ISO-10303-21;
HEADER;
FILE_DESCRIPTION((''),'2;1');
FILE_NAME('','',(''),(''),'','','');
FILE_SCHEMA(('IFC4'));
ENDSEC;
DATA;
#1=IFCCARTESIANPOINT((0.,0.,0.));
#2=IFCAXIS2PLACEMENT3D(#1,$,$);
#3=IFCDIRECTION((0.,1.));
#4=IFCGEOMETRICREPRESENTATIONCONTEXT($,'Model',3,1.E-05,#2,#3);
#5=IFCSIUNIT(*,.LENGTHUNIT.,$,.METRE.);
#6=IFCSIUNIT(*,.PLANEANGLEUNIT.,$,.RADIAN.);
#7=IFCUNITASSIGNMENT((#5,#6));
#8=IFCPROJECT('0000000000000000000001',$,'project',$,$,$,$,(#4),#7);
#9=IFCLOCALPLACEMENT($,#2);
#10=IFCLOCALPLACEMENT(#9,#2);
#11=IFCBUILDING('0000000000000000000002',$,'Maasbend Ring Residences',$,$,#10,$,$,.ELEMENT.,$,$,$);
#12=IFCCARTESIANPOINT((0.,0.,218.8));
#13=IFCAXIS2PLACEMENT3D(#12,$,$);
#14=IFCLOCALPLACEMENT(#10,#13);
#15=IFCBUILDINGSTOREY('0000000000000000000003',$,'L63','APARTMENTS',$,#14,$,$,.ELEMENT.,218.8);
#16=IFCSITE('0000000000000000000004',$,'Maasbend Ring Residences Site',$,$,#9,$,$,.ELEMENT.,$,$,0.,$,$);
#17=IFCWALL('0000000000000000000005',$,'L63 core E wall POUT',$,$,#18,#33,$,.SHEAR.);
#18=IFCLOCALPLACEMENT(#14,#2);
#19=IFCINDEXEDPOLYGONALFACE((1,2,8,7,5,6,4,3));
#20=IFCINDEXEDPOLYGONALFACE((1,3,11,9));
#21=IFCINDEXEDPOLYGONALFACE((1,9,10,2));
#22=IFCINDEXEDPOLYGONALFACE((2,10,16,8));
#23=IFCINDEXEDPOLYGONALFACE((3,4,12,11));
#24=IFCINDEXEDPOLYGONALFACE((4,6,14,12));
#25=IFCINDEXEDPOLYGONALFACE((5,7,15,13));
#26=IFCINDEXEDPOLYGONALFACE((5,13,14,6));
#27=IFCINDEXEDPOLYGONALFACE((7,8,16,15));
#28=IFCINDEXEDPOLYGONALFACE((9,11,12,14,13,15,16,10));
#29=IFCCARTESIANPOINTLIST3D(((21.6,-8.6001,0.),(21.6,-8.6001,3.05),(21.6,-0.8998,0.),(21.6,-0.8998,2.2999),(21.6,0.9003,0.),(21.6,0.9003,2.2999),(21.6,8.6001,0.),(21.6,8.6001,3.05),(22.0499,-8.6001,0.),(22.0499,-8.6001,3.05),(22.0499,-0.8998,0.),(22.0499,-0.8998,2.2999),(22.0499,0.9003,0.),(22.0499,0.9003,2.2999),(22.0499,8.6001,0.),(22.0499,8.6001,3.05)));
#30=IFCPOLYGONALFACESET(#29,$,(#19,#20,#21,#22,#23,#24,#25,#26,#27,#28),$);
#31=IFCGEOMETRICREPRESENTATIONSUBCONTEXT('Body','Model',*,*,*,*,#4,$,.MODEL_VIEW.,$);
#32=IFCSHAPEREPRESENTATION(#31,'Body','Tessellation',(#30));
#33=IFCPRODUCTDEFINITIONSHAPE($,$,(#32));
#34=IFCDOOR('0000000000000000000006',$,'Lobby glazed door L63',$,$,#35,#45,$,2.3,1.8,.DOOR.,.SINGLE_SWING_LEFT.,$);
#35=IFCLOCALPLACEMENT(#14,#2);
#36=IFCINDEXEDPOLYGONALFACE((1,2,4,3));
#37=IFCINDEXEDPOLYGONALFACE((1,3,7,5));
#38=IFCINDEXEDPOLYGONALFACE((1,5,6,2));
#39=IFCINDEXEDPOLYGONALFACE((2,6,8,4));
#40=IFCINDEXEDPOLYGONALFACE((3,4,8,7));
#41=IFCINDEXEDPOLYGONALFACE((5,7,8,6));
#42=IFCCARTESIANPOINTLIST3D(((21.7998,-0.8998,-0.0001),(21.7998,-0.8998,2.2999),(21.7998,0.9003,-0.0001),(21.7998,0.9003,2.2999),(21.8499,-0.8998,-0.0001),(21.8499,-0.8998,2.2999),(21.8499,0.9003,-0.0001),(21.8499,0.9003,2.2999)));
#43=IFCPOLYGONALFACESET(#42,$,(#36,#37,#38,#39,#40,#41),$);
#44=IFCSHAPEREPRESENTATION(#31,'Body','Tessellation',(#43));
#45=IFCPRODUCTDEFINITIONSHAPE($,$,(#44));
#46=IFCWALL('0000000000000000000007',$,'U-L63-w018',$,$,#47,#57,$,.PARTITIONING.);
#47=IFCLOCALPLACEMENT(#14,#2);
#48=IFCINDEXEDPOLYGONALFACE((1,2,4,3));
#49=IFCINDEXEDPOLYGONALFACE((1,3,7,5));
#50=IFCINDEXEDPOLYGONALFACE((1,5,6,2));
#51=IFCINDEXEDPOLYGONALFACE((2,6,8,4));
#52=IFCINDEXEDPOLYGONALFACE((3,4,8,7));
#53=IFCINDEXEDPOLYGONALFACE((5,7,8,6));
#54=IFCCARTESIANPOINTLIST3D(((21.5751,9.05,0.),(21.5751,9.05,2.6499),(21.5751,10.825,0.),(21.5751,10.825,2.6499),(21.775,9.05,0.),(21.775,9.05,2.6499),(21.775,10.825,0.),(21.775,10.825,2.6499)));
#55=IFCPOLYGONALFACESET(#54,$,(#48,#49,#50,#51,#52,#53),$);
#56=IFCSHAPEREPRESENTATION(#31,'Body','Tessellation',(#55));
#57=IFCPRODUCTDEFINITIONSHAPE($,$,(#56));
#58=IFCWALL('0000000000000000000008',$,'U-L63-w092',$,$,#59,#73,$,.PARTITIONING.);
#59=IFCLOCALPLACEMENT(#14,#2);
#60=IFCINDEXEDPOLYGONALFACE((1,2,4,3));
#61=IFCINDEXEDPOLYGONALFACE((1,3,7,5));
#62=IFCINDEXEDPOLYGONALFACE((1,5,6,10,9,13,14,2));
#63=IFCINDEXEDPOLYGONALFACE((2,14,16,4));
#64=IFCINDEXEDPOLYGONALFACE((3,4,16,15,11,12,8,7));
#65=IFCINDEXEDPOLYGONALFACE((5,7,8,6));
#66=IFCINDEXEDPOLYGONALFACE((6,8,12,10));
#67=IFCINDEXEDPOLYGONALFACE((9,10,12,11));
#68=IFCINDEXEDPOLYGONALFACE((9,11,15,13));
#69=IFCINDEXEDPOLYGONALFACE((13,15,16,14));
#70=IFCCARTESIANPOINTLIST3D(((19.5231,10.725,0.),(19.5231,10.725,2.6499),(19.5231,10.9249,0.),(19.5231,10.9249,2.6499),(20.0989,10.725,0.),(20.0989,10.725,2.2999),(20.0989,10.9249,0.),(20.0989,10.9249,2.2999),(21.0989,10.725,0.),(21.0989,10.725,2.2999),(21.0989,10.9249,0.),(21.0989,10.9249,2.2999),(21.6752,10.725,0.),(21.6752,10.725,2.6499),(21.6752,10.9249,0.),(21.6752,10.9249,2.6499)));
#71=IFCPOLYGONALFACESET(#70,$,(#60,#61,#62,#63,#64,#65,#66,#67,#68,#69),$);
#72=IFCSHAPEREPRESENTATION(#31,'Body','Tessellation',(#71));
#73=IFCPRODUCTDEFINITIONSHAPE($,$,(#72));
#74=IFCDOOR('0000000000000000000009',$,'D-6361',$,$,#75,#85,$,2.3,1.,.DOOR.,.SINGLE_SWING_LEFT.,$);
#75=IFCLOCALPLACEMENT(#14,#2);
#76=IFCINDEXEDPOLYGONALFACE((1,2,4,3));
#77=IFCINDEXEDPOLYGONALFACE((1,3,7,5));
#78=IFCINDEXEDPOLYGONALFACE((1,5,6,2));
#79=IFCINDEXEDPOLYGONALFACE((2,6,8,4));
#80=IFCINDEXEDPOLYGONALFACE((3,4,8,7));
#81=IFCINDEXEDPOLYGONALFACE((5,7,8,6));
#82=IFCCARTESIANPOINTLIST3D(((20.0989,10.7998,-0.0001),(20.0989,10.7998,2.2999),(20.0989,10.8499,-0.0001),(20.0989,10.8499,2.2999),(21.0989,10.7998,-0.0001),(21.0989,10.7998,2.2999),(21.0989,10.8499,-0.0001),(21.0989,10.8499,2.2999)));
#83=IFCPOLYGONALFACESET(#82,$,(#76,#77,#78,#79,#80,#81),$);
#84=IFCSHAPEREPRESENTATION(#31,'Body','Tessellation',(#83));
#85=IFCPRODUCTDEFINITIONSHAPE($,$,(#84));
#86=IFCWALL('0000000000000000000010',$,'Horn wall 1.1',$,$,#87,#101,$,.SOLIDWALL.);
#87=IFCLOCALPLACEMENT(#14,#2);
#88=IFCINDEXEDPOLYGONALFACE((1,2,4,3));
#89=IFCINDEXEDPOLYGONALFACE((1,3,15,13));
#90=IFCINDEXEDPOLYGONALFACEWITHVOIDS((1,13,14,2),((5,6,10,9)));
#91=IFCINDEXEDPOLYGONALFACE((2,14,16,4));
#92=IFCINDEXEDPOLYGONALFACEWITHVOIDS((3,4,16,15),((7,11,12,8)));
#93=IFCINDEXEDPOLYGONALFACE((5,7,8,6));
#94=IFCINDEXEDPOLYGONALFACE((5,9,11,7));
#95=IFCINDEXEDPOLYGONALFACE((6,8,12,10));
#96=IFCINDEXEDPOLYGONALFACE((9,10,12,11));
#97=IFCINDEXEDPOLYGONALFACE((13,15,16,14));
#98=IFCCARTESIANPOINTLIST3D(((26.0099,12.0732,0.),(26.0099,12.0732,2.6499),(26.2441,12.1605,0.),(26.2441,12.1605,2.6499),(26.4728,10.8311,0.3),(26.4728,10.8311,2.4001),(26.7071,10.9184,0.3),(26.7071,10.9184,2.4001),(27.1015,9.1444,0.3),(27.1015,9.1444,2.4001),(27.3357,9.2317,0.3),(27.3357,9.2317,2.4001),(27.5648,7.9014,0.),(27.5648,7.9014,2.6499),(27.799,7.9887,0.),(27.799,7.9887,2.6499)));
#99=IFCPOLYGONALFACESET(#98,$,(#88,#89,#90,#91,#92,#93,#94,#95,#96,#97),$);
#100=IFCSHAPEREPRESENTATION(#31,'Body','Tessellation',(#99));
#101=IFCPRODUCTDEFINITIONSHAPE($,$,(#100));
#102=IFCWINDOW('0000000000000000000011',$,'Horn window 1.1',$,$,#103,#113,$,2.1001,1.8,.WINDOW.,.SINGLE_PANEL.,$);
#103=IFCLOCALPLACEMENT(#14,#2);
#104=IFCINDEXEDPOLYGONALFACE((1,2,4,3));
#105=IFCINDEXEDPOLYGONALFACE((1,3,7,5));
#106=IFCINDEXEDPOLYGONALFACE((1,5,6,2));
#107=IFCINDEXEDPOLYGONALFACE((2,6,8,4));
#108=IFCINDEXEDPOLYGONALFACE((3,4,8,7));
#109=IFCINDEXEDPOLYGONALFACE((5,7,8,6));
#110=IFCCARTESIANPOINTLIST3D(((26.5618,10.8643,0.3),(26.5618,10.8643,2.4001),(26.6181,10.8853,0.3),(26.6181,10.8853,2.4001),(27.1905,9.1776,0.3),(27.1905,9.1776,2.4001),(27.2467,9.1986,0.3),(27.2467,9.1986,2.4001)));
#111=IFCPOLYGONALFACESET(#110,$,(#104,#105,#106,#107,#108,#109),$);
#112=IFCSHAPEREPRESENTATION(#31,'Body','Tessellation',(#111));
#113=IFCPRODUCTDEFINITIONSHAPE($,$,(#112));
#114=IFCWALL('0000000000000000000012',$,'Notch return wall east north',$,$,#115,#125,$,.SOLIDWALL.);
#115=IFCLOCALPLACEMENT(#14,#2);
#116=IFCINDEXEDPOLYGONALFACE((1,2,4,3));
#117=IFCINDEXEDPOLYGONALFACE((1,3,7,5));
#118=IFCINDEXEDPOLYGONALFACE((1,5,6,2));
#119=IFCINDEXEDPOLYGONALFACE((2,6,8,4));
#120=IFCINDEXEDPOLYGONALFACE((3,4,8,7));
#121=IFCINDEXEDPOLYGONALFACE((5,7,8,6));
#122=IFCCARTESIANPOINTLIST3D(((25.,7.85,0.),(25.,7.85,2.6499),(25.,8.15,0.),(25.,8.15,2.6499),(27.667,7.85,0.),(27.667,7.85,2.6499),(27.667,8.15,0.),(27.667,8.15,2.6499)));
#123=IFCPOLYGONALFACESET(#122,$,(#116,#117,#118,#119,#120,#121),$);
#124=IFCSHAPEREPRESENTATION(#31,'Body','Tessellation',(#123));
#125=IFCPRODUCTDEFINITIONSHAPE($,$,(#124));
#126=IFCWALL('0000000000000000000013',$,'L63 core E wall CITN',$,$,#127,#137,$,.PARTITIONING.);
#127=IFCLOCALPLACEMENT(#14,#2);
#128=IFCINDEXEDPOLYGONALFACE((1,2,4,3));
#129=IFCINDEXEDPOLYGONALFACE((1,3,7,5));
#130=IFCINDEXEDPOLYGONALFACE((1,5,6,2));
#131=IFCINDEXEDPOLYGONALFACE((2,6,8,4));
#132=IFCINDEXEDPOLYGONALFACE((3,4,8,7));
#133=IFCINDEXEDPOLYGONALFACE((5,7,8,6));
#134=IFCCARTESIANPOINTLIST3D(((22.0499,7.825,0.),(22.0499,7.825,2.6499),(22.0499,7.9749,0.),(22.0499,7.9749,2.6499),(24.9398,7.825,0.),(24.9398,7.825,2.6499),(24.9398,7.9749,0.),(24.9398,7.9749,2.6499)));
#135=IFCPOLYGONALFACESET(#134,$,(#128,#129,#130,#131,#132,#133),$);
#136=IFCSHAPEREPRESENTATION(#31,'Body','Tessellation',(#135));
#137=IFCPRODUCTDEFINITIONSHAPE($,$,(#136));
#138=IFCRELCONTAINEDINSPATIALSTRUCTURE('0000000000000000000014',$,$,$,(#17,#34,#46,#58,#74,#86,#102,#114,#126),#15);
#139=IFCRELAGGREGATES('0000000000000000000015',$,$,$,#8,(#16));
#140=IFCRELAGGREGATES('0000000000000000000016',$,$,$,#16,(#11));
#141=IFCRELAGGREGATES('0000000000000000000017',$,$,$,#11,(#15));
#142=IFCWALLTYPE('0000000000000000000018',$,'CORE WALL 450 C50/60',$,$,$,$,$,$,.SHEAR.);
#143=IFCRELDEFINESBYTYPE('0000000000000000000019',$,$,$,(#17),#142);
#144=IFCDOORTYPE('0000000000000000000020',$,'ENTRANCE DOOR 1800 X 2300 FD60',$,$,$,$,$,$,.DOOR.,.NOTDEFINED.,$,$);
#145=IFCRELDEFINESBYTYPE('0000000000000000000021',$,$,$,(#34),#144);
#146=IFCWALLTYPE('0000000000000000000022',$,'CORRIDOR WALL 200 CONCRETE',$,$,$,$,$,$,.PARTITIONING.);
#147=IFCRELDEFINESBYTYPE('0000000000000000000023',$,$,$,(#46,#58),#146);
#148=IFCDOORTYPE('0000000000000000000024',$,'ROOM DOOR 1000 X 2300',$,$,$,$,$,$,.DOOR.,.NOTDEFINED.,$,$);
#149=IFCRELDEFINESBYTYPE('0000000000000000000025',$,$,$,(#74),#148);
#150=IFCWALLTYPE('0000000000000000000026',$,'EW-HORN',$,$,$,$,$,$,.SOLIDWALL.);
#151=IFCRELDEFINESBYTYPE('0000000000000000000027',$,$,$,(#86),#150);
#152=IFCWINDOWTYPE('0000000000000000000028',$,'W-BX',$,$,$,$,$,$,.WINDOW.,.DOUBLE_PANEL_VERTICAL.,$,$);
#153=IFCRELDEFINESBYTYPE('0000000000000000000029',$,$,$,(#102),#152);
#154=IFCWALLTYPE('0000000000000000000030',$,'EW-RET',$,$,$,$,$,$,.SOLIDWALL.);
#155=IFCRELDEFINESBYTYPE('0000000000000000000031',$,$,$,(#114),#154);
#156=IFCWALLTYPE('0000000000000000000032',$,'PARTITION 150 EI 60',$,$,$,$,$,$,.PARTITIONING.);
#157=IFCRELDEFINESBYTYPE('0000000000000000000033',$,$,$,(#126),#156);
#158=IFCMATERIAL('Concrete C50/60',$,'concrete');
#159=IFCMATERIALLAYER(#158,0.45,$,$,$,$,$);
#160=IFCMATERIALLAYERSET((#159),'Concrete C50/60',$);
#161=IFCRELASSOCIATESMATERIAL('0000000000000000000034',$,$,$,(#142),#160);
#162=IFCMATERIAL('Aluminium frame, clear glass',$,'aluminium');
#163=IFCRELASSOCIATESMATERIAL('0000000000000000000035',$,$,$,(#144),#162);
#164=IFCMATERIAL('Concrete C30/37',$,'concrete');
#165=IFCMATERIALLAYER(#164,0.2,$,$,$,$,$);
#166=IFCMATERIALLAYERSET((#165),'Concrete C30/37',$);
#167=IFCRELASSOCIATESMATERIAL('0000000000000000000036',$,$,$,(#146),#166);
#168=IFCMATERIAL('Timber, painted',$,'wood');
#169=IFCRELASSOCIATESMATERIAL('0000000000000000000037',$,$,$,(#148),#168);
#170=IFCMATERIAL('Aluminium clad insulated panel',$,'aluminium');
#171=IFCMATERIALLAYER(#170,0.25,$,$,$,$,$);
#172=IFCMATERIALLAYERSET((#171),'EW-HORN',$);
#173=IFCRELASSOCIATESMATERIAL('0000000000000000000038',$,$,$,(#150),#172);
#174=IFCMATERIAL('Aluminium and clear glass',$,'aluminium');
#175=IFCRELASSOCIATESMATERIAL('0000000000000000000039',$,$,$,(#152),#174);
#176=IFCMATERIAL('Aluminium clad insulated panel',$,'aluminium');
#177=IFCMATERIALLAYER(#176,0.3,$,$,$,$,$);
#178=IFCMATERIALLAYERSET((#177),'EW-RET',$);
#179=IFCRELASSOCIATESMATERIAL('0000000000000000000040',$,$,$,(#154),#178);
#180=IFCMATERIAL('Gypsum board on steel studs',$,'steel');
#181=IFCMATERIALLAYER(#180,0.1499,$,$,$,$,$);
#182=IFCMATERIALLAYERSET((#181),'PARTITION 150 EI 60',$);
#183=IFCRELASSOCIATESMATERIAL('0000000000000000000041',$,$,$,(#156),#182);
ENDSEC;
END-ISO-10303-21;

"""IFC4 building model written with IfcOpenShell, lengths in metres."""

from ifc_helpers import new_model, si_unit, direction, frame, frame_2d, origin, place, context, subcontext, project, spatial, rectangle, extrude, material, layer, layer_set, type_object, element, fill, save


model = new_model("IFC4")

# Units and contexts
model_context = context("Model", 3, precision=1e-05, world=origin(), true_north=direction((0.0, 1.0)))
body_context = subcontext(model_context, "Body", "Model", "MODEL_VIEW")
ifc_project = project(units=[si_unit("LENGTHUNIT", "METRE"), si_unit("PLANEANGLEUNIT", "RADIAN")], contexts=[model_context])

# Site, building, storey
site_placement = place(None, origin())
site = spatial("IfcSite", under=ifc_project, at=site_placement, Name="Maasbend Ring Residences Site", CompositionType="ELEMENT", RefElevation=0.0)
building_placement = place(site_placement, origin())
building = spatial("IfcBuilding", under=site, at=building_placement, Name="Maasbend Ring Residences", CompositionType="ELEMENT")
storey_placement = place(building_placement, frame((0.0, 0.0, 218.8)))
storey = spatial("IfcBuildingStorey", under=building, at=storey_placement, Name="L63", Description="APARTMENTS", CompositionType="ELEMENT", Elevation=218.8)

# Wall, opening, door
ifc_material_1 = material(Name="Concrete C50/60", Category="concrete")
ifc_layer_1 = layer(ifc_material_1, 0.45)
ifc_layer_set_1 = layer_set([ifc_layer_1], Name="Concrete C50/60")
wall_type_1 = type_object("IfcWallType", Name="CORE WALL 450 C50/60", PredefinedType="SHEAR", material=ifc_layer_set_1)
wall_1_placement = place(storey_placement, frame((21.825, 8.6001, 0.0), z_axis=(0.0, 0.0, 1.0), x_axis=(0.0, -1.0, 0.0)))
wall_1 = element("IfcWall", 1, at=wall_1_placement, inside=storey, type_object=wall_type_1, Name="L63 core E wall POUT", PredefinedType="SHEAR", context=body_context, shape_type="SweptSolid", body=[
    extrude(rectangle(XDim=17.2002, YDim=0.45, at=frame_2d((8.6001, 0.0))), origin(), (0.0, 0.0, 1.0), 3.05),
])
opening_1_placement = place(wall_1_placement, frame((7.7, 0.0, 0.0)))
opening_1 = element("IfcOpeningElement", 2, at=opening_1_placement, cuts=wall_1, PredefinedType="OPENING", context=body_context, shape_type="SweptSolid", body=[
    extrude(rectangle(XDim=1.8, YDim=2.3, at=frame_2d((0.8999, 1.1499))), frame((0.0, 0.2349, 0.0), z_axis=(0.0, -1.0, 0.0), x_axis=(1.0, 0.0, 0.0)), (0.0, 0.0, 1.0), 0.47),
])
ifc_material_2 = material(Name="Aluminium frame, clear glass", Category="aluminium")
door_type_1 = type_object("IfcDoorType", Name="ENTRANCE DOOR 1800 X 2300 FD60", OperationType="NOTDEFINED", PredefinedType="DOOR", material=ifc_material_2)
door_1_placement = place(opening_1_placement, origin())
door_1 = element("IfcDoor", 3, at=door_1_placement, inside=storey, type_object=door_type_1, Name="Lobby glazed door L63", OperationType="SINGLE_SWING_LEFT", OverallHeight=2.3, OverallWidth=1.8, PredefinedType="DOOR", context=body_context, shape_type="SweptSolid", body=[
    extrude(rectangle(XDim=1.8, YDim=2.3, at=frame_2d((0.8999, 1.1499))), frame((0.0, 0.0249, 0.0), z_axis=(0.0, -1.0, 0.0), x_axis=(1.0, 0.0, 0.0)), (0.0, 0.0, 1.0), 0.05),
])
fill(opening_1, door_1)

# Wall
ifc_material_3 = material(Name="Concrete C30/37", Category="concrete")
ifc_layer_2 = layer(ifc_material_3, 0.2)
ifc_layer_set_2 = layer_set([ifc_layer_2], Name="Concrete C30/37")
wall_type_2 = type_object("IfcWallType", Name="CORRIDOR WALL 200 CONCRETE", PredefinedType="PARTITIONING", material=ifc_layer_set_2)
wall_2_placement = place(storey_placement, frame((21.675, 9.05, 0.0), z_axis=(0.0, 0.0, 1.0), x_axis=(0.0, 1.0, 0.0)))
element("IfcWall", 4, at=wall_2_placement, inside=storey, type_object=wall_type_2, Name="U-L63-w018", PredefinedType="PARTITIONING", context=body_context, shape_type="SweptSolid", body=[
    extrude(rectangle(XDim=1.7749, YDim=0.2, at=frame_2d((0.8875, 0.0))), origin(), (0.0, 0.0, 1.0), 2.6499),
])

# Wall, opening, door
wall_3_placement = place(storey_placement, frame((19.5229, 10.825, 0.0), z_axis=(0.0, 0.0, 1.0), x_axis=(1.0, 0.0, 0.0)))
wall_3 = element("IfcWall", 5, at=wall_3_placement, inside=storey, type_object=wall_type_2, Name="U-L63-w092", PredefinedType="PARTITIONING", context=body_context, shape_type="SweptSolid", body=[
    extrude(rectangle(XDim=2.1521, YDim=0.2, at=frame_2d((1.0762, 0.0))), origin(), (0.0, 0.0, 1.0), 2.6499),
])
opening_2_placement = place(wall_3_placement, frame((0.5759, 0.0, 0.0)))
opening_2 = element("IfcOpeningElement", 6, at=opening_2_placement, cuts=wall_3, PredefinedType="OPENING", context=body_context, shape_type="SweptSolid", body=[
    extrude(rectangle(XDim=1.0, YDim=2.3, at=frame_2d((0.5, 1.1499))), frame((0.0, 0.1099, 0.0), z_axis=(0.0, -1.0, 0.0), x_axis=(1.0, 0.0, 0.0)), (0.0, 0.0, 1.0), 0.22),
])
ifc_material_4 = material(Name="Timber, painted", Category="wood")
door_type_2 = type_object("IfcDoorType", Name="ROOM DOOR 1000 X 2300", OperationType="NOTDEFINED", PredefinedType="DOOR", material=ifc_material_4)
door_2_placement = place(opening_2_placement, origin())
door_2 = element("IfcDoor", 7, at=door_2_placement, inside=storey, type_object=door_type_2, Name="D-6361", OperationType="SINGLE_SWING_LEFT", OverallHeight=2.3, OverallWidth=1.0, PredefinedType="DOOR", context=body_context, shape_type="SweptSolid", body=[
    extrude(rectangle(XDim=1.0, YDim=2.3, at=frame_2d((0.5, 1.1499))), frame((0.0, 0.0249, 0.0), z_axis=(0.0, -1.0, 0.0), x_axis=(1.0, 0.0, 0.0)), (0.0, 0.0, 1.0), 0.05),
])
fill(opening_2, door_2)

# Wall, opening, window
ifc_material_5 = material(Name="Aluminium clad insulated panel", Category="aluminium")
ifc_layer_3 = layer(ifc_material_5, 0.25)
ifc_layer_set_3 = layer_set([ifc_layer_3], Name="EW-HORN")
wall_type_3 = type_object("IfcWallType", Name="EW-HORN", PredefinedType="SOLIDWALL", material=ifc_layer_set_3)
wall_4_placement = place(storey_placement, frame((27.6819, 7.9451, 0.0), z_axis=(0.0, 0.0, 1.0), x_axis=(-0.349248, 0.93703, 0.0)))
wall_4 = element("IfcWall", 8, at=wall_4_placement, inside=storey, type_object=wall_type_3, Name="Horn wall 1.1", PredefinedType="SOLIDWALL", context=body_context, shape_type="SweptSolid", body=[
    extrude(rectangle(XDim=4.4521, YDim=0.25, at=frame_2d((2.2261, 0.0))), origin(), (0.0, 0.0, 1.0), 2.6499),
])
opening_3_placement = place(wall_4_placement, frame((1.3267, 0.0, 0.3)))
opening_3 = element("IfcOpeningElement", 9, at=opening_3_placement, cuts=wall_4, PredefinedType="OPENING", context=body_context, shape_type="SweptSolid", body=[
    extrude(rectangle(XDim=1.8, YDim=2.1001, at=frame_2d((0.8999, 1.05))), frame((0.0, 0.135, 0.0), z_axis=(0.0, -1.0, 0.0), x_axis=(1.0, 0.0, 0.0)), (0.0, 0.0, 1.0), 0.27),
])
ifc_material_6 = material(Name="Aluminium and clear glass", Category="aluminium")
window_type = type_object("IfcWindowType", Name="W-BX", PartitioningType="DOUBLE_PANEL_VERTICAL", PredefinedType="WINDOW", material=ifc_material_6)
window_placement = place(opening_3_placement, origin())
window = element("IfcWindow", 10, at=window_placement, inside=storey, type_object=window_type, Name="Horn window 1.1", OverallHeight=2.1001, OverallWidth=1.8, PartitioningType="SINGLE_PANEL", PredefinedType="WINDOW", context=body_context, shape_type="SweptSolid", body=[
    extrude(rectangle(XDim=1.8, YDim=2.1001, at=frame_2d((0.8999, 1.05))), frame((0.0, 0.03, 0.0), z_axis=(0.0, -1.0, 0.0), x_axis=(1.0, 0.0, 0.0)), (0.0, 0.0, 1.0), 0.0601),
])
fill(opening_3, window)

# Walls
ifc_material_7 = material(Name="Aluminium clad insulated panel", Category="aluminium")
ifc_layer_4 = layer(ifc_material_7, 0.3)
ifc_layer_set_4 = layer_set([ifc_layer_4], Name="EW-RET")
wall_type_4 = type_object("IfcWallType", Name="EW-RET", PredefinedType="SOLIDWALL", material=ifc_layer_set_4)
wall_5_placement = place(storey_placement, frame((25.0, 8.0, 0.0), z_axis=(0.0, 0.0, 1.0), x_axis=(1.0, 0.0, 0.0)))
element("IfcWall", 11, at=wall_5_placement, inside=storey, type_object=wall_type_4, Name="Notch return wall east north", PredefinedType="SOLIDWALL", context=body_context, shape_type="SweptSolid", body=[
    extrude(rectangle(XDim=2.667, YDim=0.3, at=frame_2d((1.3335, 0.0))), origin(), (0.0, 0.0, 1.0), 2.6499),
])
ifc_material_8 = material(Name="Gypsum board on steel studs", Category="steel")
ifc_layer_5 = layer(ifc_material_8, 0.1499)
ifc_layer_set_5 = layer_set([ifc_layer_5], Name="PARTITION 150 EI 60")
wall_type_5 = type_object("IfcWallType", Name="PARTITION 150 EI 60", PredefinedType="PARTITIONING", material=ifc_layer_set_5)
wall_6_placement = place(storey_placement, frame((22.05, 7.8999, 0.0), z_axis=(0.0, 0.0, 1.0), x_axis=(1.0, 0.0, 0.0)))
element("IfcWall", 12, at=wall_6_placement, inside=storey, type_object=wall_type_5, Name="L63 core E wall CITN", PredefinedType="PARTITIONING", context=body_context, shape_type="SweptSolid", body=[
    extrude(rectangle(XDim=2.8899, YDim=0.1499, at=frame_2d((1.4448, 0.0))), origin(), (0.0, 0.0, 1.0), 2.6499),
])

save(model, "model.ifc")
